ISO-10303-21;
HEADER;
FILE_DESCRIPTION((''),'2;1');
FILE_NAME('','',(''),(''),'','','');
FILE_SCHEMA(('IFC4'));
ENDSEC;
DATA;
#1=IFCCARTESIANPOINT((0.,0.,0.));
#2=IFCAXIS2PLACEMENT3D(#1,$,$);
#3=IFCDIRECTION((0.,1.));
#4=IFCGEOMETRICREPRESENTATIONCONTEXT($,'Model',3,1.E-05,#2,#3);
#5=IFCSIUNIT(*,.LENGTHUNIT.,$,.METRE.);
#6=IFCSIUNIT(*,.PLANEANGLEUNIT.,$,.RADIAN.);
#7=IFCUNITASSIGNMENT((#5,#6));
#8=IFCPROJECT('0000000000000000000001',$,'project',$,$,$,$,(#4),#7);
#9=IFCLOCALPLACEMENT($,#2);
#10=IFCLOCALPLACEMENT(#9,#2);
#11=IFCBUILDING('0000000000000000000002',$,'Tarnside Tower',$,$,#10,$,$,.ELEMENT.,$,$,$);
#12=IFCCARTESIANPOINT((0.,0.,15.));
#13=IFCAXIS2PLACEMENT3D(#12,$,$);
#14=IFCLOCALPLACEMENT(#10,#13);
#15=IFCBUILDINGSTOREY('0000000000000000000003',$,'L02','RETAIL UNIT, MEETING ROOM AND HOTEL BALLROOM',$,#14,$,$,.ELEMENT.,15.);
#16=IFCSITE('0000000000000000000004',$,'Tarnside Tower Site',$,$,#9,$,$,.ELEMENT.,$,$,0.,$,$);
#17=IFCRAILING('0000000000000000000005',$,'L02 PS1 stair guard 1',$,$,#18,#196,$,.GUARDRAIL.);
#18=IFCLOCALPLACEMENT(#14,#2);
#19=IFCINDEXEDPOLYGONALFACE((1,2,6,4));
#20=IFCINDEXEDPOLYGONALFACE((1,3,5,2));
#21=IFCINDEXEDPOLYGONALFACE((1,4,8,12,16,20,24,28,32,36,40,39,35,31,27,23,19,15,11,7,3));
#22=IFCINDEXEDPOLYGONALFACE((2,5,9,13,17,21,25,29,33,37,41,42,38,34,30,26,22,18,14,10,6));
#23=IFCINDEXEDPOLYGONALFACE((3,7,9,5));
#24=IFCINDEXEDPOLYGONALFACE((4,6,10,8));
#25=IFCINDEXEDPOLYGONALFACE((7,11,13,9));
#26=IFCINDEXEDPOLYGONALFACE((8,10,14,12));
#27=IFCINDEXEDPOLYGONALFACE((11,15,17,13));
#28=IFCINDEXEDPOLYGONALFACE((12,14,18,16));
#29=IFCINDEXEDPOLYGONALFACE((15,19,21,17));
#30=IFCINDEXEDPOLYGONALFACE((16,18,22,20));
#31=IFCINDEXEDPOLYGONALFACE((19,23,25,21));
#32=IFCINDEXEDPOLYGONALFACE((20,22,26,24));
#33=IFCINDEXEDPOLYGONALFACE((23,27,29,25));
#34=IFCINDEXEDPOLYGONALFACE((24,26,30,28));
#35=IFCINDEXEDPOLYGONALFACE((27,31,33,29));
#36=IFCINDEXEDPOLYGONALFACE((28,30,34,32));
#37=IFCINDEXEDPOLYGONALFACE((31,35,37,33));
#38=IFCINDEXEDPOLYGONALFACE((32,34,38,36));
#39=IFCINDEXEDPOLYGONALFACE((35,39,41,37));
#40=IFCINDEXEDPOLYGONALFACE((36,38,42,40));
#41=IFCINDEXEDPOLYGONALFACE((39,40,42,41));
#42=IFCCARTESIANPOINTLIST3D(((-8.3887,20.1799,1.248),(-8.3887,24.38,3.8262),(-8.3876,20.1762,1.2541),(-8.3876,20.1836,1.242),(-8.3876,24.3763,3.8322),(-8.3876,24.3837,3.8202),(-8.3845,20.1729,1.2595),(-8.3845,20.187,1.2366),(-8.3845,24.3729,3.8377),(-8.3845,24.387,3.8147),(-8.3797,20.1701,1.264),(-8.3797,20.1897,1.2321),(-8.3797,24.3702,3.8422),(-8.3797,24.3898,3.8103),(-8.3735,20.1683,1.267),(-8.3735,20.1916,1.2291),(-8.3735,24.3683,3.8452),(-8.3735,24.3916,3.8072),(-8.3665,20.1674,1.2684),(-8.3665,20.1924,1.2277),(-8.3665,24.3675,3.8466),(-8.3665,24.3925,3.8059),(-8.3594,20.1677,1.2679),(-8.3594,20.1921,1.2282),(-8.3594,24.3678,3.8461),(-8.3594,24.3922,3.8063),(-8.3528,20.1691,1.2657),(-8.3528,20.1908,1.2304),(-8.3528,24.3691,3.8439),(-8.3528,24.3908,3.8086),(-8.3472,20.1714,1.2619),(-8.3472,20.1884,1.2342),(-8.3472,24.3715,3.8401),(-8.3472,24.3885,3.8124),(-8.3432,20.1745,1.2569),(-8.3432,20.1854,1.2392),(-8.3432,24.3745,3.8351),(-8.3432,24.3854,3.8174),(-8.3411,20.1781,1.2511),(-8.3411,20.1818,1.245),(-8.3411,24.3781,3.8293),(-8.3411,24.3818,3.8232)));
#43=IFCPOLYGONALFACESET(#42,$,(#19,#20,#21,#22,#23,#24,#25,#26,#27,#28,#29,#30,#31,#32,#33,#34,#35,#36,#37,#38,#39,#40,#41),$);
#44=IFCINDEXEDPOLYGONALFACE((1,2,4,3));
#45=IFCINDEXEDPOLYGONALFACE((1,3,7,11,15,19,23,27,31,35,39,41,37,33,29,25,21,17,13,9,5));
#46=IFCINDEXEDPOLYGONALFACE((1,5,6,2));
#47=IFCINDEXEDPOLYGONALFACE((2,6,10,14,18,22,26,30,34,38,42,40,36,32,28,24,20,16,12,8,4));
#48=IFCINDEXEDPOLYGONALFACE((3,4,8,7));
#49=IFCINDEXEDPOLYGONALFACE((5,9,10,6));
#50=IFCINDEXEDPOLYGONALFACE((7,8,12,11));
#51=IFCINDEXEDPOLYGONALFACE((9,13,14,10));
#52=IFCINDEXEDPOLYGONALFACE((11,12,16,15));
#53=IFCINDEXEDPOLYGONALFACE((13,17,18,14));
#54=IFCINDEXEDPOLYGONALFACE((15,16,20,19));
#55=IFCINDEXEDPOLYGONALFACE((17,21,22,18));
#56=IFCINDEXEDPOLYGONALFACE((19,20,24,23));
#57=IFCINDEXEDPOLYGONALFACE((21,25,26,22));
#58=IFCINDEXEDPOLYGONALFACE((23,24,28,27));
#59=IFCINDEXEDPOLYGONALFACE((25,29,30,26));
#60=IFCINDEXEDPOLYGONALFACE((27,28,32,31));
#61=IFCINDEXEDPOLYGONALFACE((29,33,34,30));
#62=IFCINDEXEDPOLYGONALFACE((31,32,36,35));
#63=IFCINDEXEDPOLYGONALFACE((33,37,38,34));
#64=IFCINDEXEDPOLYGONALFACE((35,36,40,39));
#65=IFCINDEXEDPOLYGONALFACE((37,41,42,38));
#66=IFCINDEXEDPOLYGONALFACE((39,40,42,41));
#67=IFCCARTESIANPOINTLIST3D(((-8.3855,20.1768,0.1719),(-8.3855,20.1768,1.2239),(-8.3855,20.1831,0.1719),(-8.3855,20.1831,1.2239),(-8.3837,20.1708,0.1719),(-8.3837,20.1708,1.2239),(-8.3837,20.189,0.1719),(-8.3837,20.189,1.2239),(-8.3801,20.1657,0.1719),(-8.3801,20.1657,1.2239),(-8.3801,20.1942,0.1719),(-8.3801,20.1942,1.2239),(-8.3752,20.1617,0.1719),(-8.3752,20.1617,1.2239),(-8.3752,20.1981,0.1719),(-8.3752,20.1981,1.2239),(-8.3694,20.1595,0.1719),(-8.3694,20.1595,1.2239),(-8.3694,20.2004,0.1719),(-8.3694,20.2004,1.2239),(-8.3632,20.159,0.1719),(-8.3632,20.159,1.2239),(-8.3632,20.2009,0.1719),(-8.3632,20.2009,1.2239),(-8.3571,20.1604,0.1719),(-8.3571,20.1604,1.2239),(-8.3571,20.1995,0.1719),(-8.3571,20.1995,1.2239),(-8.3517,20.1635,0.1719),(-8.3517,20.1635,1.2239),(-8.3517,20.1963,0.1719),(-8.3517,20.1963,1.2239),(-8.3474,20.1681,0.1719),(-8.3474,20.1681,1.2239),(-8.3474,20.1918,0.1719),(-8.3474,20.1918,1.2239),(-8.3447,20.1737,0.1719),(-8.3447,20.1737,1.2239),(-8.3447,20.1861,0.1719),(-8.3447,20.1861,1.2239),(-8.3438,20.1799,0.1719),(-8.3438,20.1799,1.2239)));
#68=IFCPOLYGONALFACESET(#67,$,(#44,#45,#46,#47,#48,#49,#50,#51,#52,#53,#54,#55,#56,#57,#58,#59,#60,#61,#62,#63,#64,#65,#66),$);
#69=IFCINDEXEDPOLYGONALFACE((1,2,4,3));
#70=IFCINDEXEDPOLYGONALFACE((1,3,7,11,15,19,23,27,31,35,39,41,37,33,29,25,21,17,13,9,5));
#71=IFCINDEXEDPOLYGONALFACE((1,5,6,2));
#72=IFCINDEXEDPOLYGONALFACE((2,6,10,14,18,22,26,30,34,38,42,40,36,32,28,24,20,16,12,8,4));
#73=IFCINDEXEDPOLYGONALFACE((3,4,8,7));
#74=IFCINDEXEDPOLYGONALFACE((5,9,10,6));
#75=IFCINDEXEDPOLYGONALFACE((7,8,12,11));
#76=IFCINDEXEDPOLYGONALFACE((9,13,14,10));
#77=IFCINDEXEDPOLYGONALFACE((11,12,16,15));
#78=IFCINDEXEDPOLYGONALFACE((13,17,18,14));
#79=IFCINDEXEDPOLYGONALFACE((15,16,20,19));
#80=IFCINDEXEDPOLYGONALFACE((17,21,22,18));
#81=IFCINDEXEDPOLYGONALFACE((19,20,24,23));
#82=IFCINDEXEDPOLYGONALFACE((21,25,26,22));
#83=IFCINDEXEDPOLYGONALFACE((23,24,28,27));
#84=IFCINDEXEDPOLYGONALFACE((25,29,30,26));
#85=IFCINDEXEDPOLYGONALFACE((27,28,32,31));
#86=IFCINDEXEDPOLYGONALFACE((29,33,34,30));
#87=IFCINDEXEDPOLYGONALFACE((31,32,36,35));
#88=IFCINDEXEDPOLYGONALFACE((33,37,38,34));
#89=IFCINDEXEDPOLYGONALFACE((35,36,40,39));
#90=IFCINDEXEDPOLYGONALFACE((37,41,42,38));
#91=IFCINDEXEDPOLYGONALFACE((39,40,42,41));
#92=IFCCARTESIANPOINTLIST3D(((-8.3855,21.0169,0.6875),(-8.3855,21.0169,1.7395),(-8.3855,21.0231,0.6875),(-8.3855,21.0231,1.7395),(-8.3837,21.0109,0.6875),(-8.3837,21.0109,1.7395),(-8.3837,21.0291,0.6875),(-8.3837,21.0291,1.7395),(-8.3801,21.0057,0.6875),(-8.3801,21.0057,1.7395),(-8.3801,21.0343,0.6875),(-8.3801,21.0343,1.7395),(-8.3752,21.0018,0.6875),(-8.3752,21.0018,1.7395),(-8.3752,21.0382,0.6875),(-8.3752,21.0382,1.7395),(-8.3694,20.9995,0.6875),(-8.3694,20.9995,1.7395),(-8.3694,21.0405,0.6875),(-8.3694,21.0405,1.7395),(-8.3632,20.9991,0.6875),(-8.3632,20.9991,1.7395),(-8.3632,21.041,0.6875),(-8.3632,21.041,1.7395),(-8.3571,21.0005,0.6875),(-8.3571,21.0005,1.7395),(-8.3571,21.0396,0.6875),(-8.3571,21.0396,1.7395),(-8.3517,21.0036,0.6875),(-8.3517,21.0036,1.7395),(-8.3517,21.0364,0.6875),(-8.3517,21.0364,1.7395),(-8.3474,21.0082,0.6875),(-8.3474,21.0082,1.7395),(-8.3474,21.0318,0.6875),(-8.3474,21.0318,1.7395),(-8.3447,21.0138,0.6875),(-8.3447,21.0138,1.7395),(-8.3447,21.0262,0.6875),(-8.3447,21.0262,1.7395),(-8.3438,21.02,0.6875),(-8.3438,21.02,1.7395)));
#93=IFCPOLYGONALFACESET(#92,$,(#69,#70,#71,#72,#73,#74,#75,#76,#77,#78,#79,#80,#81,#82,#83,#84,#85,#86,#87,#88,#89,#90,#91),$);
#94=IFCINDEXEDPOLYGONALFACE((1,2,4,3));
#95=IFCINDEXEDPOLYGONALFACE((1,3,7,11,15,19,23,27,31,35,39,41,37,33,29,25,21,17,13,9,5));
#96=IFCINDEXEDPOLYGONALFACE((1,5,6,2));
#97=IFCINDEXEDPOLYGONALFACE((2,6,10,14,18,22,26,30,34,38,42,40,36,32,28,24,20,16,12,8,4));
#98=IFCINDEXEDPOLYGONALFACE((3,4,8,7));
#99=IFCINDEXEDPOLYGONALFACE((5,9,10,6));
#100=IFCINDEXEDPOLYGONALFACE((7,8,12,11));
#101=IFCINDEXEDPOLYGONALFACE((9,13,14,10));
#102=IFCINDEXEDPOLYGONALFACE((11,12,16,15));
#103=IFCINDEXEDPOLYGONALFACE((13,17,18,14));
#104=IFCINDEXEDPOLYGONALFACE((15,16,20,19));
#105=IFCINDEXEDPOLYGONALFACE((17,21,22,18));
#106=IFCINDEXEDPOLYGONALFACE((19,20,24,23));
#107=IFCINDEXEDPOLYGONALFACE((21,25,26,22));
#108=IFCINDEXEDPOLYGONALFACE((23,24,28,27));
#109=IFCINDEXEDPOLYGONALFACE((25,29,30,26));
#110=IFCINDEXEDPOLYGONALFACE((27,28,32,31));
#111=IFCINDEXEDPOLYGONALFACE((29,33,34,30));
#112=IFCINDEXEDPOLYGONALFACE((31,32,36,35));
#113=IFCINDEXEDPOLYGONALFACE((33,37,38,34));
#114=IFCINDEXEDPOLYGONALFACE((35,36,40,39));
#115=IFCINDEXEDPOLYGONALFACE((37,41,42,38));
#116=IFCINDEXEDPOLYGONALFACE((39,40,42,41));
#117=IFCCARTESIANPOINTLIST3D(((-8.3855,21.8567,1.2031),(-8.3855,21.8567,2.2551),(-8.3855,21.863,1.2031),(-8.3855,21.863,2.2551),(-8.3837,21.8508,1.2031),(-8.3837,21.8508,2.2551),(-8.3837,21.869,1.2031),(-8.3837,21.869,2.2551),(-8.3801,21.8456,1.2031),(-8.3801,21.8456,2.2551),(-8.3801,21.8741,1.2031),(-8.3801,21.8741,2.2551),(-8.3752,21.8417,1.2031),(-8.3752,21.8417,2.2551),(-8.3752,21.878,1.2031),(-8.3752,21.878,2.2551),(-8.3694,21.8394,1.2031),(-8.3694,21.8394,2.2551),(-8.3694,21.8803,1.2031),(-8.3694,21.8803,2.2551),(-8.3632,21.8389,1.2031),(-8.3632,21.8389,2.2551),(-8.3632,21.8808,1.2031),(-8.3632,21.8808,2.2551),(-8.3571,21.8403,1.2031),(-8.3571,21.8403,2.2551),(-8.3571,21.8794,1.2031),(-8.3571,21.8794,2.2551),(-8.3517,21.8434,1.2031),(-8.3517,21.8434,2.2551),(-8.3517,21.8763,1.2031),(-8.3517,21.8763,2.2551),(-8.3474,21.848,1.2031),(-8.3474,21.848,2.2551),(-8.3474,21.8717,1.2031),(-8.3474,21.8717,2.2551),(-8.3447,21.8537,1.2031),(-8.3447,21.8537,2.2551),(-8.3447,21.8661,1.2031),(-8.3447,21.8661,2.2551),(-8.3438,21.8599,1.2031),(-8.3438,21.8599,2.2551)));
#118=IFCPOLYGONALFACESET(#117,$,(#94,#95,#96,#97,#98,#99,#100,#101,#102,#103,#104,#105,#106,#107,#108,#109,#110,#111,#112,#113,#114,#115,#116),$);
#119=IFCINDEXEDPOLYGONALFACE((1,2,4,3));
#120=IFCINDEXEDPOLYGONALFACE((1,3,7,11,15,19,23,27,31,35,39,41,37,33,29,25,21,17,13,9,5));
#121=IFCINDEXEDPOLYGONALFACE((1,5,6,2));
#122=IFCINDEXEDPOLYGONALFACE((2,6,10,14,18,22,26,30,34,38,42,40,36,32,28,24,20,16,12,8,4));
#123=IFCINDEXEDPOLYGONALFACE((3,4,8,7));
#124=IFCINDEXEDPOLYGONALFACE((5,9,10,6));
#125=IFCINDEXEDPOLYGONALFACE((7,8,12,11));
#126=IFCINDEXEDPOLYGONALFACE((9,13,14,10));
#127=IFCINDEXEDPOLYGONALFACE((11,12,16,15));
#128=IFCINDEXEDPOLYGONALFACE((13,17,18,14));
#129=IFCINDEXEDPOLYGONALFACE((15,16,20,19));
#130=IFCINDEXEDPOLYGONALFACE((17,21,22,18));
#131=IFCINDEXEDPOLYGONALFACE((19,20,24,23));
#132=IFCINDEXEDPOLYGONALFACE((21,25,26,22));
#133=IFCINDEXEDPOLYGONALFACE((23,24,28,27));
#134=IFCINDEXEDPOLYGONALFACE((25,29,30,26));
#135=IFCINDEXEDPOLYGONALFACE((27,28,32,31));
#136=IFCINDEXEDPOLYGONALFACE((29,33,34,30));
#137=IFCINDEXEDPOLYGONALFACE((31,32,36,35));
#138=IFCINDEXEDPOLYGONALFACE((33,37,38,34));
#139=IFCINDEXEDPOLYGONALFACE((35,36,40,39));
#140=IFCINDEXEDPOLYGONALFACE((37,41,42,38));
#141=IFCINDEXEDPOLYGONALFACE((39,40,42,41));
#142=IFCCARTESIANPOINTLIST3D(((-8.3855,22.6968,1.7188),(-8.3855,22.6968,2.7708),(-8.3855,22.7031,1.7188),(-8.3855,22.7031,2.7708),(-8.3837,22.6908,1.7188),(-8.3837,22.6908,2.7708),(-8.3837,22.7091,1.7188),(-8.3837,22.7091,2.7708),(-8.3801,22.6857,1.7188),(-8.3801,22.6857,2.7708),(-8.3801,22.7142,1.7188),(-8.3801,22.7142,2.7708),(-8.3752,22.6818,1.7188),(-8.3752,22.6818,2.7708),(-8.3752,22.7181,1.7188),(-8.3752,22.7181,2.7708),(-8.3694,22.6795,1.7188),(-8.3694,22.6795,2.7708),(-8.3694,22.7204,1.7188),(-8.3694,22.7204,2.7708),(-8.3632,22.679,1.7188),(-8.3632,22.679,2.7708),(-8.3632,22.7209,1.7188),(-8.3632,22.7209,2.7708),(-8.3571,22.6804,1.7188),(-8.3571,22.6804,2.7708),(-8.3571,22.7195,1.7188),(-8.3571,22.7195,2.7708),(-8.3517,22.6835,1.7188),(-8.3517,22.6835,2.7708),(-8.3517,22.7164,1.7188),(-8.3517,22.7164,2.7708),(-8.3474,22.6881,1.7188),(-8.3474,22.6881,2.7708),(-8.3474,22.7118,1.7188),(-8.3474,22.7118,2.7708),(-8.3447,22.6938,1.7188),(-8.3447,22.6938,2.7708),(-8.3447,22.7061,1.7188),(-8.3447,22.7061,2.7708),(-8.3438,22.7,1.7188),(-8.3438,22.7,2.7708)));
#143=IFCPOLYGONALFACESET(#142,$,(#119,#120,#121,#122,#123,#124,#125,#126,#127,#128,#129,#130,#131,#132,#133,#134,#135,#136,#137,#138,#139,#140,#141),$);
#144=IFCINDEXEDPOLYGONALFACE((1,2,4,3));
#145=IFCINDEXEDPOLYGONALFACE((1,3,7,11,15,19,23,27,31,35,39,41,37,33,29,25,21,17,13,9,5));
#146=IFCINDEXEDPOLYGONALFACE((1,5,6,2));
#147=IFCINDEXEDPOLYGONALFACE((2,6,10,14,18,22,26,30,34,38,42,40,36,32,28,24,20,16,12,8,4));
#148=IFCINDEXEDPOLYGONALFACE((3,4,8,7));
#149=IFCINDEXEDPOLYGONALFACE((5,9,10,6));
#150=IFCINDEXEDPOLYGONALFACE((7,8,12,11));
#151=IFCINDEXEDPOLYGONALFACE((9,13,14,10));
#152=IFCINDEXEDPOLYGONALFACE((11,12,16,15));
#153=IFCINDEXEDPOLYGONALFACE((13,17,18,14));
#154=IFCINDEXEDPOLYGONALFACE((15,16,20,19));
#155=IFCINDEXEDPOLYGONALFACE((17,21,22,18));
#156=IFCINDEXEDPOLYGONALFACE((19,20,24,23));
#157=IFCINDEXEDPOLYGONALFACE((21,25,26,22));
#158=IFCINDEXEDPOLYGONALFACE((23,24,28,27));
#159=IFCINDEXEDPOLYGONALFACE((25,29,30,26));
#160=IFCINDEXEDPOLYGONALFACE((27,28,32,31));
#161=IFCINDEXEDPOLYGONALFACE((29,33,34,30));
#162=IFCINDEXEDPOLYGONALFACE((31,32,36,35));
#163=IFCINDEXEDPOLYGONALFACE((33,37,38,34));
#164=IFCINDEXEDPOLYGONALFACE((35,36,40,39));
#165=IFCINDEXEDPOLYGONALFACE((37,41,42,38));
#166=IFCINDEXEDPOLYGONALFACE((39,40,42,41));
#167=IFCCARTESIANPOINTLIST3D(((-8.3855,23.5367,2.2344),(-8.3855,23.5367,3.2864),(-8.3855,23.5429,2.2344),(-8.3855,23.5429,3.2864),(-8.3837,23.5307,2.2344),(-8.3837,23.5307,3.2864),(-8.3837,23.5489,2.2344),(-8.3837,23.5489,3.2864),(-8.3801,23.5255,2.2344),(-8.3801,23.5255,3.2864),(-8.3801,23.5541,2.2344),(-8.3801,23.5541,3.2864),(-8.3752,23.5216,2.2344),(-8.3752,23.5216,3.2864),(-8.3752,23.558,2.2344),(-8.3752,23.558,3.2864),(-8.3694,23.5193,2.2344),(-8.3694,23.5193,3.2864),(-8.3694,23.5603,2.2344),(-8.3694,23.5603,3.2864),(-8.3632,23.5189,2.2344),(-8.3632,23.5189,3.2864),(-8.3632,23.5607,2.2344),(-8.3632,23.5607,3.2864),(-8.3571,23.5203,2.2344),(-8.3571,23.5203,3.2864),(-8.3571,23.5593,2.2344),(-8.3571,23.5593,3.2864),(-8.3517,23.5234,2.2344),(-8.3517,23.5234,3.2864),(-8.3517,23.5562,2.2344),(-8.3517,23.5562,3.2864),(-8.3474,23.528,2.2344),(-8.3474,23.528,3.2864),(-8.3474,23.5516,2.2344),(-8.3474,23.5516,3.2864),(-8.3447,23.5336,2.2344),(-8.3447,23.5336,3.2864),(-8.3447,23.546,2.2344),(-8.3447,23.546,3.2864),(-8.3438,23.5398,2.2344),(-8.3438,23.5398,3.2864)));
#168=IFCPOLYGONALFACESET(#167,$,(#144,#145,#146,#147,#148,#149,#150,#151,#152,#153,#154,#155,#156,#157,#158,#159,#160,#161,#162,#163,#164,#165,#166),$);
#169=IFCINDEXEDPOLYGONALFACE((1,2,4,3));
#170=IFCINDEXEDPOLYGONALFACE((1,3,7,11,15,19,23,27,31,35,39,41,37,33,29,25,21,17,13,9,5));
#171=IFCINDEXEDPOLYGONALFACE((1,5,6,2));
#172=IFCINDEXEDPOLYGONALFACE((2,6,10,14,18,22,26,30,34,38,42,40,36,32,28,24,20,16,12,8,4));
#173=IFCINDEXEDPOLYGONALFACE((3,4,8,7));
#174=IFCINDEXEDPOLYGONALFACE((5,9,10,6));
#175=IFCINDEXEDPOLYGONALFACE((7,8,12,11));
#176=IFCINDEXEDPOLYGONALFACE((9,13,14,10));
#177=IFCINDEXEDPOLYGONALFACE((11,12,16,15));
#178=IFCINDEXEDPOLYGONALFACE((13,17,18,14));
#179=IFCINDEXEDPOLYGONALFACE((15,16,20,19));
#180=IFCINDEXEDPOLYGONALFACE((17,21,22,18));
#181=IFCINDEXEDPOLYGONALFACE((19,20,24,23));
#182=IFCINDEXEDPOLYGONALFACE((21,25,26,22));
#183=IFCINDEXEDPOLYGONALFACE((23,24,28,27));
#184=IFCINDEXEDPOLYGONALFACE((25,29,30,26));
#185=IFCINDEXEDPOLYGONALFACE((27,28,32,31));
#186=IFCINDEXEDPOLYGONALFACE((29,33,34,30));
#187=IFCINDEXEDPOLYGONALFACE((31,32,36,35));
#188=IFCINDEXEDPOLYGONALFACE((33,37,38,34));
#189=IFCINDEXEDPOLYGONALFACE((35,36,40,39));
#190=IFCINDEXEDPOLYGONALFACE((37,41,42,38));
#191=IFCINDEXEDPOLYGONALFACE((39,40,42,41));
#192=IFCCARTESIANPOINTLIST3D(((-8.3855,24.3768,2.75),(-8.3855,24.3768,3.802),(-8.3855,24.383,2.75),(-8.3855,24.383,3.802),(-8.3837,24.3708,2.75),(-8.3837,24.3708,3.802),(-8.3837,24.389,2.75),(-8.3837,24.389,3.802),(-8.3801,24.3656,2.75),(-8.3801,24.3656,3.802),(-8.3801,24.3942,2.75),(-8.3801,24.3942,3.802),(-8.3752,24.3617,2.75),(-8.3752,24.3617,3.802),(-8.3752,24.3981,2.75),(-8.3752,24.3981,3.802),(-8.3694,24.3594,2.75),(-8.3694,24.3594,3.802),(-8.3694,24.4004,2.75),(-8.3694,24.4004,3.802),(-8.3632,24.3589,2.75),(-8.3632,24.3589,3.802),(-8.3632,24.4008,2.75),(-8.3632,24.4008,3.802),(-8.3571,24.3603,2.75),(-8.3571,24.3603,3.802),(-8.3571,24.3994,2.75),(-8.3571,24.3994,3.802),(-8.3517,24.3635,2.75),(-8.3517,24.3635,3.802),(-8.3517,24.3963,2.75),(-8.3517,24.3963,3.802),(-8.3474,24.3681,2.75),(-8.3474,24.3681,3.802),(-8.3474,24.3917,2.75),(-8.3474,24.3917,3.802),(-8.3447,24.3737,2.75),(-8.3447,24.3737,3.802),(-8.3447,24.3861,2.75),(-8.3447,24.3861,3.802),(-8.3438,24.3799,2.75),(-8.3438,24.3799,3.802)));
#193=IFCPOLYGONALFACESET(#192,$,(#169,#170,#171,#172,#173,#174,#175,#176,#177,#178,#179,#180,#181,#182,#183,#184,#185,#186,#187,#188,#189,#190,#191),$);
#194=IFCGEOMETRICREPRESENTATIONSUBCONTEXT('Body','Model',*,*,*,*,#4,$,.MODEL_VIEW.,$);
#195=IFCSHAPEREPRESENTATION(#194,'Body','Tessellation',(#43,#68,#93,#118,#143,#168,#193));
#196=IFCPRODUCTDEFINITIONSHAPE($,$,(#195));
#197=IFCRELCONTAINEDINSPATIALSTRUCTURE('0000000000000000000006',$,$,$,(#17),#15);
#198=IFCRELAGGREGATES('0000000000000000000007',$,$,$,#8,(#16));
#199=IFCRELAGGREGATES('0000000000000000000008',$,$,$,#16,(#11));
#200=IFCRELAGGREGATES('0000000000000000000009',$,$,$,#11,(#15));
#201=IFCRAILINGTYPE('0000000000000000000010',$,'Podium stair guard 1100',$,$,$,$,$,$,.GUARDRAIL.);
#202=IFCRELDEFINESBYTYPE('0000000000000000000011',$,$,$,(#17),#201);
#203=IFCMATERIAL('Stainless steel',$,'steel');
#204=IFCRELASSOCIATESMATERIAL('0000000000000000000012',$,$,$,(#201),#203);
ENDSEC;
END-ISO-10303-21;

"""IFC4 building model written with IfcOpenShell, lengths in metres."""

from ifc_helpers import new_model, si_unit, direction, frame, origin, origin_2d, place, context, subcontext, project, spatial, circle, extrude, material, type_object, element, save


model = new_model("IFC4")

# Units and contexts
model_context = context("Model", 3, precision=1e-05, world=origin(), true_north=direction((0.0, 1.0)))
body_context = subcontext(model_context, "Body", "Model", "MODEL_VIEW")
ifc_project = project(units=[si_unit("LENGTHUNIT", "METRE"), si_unit("PLANEANGLEUNIT", "RADIAN")], contexts=[model_context])

# Site, building, storey
site_placement = place(None, origin())
site = spatial("IfcSite", under=ifc_project, at=site_placement, Name="Tarnside Tower Site", CompositionType="ELEMENT", RefElevation=0.0)
building_placement = place(site_placement, origin())
building = spatial("IfcBuilding", under=site, at=building_placement, Name="Tarnside Tower", CompositionType="ELEMENT")
storey_placement = place(building_placement, frame((0.0, 0.0, 15.0)))
storey = spatial("IfcBuildingStorey", under=building, at=storey_placement, Name="L02", Description="RETAIL UNIT, MEETING ROOM AND HOTEL BALLROOM", CompositionType="ELEMENT", Elevation=15.0)

# Railing
ifc_material_1 = material(Name="Stainless steel", Category="steel")
railing_type_1 = type_object("IfcRailingType", Name="Podium stair guard 1100", PredefinedType="GUARDRAIL", material=ifc_material_1)
railing_1_placement = place(storey_placement, frame((-8.3647, 20.1799, 0.1719)))
element("IfcRailing", 1, at=railing_1_placement, inside=storey, type_object=railing_type_1, Name="L02 PS1 stair guard 1", PredefinedType="GUARDRAIL", context=body_context, shape_type="SweptSolid", body=[
    extrude(circle(Radius=0.0239, at=origin_2d()), frame((0.0, 0.0, 1.0762), z_axis=(0.0, 0.852243, 0.523146), x_axis=(-1.0, 0.0, 0.0)), (0.0, 0.0, 1.0), 4.9282),
    extrude(circle(Radius=0.021, at=origin_2d()), origin(), (0.0, 0.0, 1.0), 1.052),
    extrude(circle(Radius=0.021, at=origin_2d()), frame((0.0, 0.8401, 0.5156)), (0.0, 0.0, 1.0), 1.052),
    extrude(circle(Radius=0.021, at=origin_2d()), frame((0.0, 1.6799, 1.0312)), (0.0, 0.0, 1.0), 1.052),
    extrude(circle(Radius=0.021, at=origin_2d()), frame((0.0, 2.52, 1.5469)), (0.0, 0.0, 1.0), 1.052),
    extrude(circle(Radius=0.021, at=origin_2d()), frame((0.0, 3.3599, 2.0625)), (0.0, 0.0, 1.0), 1.052),
    extrude(circle(Radius=0.021, at=origin_2d()), frame((0.0, 4.2, 2.5781)), (0.0, 0.0, 1.0), 1.052),
])

save(model, "model.ifc")
